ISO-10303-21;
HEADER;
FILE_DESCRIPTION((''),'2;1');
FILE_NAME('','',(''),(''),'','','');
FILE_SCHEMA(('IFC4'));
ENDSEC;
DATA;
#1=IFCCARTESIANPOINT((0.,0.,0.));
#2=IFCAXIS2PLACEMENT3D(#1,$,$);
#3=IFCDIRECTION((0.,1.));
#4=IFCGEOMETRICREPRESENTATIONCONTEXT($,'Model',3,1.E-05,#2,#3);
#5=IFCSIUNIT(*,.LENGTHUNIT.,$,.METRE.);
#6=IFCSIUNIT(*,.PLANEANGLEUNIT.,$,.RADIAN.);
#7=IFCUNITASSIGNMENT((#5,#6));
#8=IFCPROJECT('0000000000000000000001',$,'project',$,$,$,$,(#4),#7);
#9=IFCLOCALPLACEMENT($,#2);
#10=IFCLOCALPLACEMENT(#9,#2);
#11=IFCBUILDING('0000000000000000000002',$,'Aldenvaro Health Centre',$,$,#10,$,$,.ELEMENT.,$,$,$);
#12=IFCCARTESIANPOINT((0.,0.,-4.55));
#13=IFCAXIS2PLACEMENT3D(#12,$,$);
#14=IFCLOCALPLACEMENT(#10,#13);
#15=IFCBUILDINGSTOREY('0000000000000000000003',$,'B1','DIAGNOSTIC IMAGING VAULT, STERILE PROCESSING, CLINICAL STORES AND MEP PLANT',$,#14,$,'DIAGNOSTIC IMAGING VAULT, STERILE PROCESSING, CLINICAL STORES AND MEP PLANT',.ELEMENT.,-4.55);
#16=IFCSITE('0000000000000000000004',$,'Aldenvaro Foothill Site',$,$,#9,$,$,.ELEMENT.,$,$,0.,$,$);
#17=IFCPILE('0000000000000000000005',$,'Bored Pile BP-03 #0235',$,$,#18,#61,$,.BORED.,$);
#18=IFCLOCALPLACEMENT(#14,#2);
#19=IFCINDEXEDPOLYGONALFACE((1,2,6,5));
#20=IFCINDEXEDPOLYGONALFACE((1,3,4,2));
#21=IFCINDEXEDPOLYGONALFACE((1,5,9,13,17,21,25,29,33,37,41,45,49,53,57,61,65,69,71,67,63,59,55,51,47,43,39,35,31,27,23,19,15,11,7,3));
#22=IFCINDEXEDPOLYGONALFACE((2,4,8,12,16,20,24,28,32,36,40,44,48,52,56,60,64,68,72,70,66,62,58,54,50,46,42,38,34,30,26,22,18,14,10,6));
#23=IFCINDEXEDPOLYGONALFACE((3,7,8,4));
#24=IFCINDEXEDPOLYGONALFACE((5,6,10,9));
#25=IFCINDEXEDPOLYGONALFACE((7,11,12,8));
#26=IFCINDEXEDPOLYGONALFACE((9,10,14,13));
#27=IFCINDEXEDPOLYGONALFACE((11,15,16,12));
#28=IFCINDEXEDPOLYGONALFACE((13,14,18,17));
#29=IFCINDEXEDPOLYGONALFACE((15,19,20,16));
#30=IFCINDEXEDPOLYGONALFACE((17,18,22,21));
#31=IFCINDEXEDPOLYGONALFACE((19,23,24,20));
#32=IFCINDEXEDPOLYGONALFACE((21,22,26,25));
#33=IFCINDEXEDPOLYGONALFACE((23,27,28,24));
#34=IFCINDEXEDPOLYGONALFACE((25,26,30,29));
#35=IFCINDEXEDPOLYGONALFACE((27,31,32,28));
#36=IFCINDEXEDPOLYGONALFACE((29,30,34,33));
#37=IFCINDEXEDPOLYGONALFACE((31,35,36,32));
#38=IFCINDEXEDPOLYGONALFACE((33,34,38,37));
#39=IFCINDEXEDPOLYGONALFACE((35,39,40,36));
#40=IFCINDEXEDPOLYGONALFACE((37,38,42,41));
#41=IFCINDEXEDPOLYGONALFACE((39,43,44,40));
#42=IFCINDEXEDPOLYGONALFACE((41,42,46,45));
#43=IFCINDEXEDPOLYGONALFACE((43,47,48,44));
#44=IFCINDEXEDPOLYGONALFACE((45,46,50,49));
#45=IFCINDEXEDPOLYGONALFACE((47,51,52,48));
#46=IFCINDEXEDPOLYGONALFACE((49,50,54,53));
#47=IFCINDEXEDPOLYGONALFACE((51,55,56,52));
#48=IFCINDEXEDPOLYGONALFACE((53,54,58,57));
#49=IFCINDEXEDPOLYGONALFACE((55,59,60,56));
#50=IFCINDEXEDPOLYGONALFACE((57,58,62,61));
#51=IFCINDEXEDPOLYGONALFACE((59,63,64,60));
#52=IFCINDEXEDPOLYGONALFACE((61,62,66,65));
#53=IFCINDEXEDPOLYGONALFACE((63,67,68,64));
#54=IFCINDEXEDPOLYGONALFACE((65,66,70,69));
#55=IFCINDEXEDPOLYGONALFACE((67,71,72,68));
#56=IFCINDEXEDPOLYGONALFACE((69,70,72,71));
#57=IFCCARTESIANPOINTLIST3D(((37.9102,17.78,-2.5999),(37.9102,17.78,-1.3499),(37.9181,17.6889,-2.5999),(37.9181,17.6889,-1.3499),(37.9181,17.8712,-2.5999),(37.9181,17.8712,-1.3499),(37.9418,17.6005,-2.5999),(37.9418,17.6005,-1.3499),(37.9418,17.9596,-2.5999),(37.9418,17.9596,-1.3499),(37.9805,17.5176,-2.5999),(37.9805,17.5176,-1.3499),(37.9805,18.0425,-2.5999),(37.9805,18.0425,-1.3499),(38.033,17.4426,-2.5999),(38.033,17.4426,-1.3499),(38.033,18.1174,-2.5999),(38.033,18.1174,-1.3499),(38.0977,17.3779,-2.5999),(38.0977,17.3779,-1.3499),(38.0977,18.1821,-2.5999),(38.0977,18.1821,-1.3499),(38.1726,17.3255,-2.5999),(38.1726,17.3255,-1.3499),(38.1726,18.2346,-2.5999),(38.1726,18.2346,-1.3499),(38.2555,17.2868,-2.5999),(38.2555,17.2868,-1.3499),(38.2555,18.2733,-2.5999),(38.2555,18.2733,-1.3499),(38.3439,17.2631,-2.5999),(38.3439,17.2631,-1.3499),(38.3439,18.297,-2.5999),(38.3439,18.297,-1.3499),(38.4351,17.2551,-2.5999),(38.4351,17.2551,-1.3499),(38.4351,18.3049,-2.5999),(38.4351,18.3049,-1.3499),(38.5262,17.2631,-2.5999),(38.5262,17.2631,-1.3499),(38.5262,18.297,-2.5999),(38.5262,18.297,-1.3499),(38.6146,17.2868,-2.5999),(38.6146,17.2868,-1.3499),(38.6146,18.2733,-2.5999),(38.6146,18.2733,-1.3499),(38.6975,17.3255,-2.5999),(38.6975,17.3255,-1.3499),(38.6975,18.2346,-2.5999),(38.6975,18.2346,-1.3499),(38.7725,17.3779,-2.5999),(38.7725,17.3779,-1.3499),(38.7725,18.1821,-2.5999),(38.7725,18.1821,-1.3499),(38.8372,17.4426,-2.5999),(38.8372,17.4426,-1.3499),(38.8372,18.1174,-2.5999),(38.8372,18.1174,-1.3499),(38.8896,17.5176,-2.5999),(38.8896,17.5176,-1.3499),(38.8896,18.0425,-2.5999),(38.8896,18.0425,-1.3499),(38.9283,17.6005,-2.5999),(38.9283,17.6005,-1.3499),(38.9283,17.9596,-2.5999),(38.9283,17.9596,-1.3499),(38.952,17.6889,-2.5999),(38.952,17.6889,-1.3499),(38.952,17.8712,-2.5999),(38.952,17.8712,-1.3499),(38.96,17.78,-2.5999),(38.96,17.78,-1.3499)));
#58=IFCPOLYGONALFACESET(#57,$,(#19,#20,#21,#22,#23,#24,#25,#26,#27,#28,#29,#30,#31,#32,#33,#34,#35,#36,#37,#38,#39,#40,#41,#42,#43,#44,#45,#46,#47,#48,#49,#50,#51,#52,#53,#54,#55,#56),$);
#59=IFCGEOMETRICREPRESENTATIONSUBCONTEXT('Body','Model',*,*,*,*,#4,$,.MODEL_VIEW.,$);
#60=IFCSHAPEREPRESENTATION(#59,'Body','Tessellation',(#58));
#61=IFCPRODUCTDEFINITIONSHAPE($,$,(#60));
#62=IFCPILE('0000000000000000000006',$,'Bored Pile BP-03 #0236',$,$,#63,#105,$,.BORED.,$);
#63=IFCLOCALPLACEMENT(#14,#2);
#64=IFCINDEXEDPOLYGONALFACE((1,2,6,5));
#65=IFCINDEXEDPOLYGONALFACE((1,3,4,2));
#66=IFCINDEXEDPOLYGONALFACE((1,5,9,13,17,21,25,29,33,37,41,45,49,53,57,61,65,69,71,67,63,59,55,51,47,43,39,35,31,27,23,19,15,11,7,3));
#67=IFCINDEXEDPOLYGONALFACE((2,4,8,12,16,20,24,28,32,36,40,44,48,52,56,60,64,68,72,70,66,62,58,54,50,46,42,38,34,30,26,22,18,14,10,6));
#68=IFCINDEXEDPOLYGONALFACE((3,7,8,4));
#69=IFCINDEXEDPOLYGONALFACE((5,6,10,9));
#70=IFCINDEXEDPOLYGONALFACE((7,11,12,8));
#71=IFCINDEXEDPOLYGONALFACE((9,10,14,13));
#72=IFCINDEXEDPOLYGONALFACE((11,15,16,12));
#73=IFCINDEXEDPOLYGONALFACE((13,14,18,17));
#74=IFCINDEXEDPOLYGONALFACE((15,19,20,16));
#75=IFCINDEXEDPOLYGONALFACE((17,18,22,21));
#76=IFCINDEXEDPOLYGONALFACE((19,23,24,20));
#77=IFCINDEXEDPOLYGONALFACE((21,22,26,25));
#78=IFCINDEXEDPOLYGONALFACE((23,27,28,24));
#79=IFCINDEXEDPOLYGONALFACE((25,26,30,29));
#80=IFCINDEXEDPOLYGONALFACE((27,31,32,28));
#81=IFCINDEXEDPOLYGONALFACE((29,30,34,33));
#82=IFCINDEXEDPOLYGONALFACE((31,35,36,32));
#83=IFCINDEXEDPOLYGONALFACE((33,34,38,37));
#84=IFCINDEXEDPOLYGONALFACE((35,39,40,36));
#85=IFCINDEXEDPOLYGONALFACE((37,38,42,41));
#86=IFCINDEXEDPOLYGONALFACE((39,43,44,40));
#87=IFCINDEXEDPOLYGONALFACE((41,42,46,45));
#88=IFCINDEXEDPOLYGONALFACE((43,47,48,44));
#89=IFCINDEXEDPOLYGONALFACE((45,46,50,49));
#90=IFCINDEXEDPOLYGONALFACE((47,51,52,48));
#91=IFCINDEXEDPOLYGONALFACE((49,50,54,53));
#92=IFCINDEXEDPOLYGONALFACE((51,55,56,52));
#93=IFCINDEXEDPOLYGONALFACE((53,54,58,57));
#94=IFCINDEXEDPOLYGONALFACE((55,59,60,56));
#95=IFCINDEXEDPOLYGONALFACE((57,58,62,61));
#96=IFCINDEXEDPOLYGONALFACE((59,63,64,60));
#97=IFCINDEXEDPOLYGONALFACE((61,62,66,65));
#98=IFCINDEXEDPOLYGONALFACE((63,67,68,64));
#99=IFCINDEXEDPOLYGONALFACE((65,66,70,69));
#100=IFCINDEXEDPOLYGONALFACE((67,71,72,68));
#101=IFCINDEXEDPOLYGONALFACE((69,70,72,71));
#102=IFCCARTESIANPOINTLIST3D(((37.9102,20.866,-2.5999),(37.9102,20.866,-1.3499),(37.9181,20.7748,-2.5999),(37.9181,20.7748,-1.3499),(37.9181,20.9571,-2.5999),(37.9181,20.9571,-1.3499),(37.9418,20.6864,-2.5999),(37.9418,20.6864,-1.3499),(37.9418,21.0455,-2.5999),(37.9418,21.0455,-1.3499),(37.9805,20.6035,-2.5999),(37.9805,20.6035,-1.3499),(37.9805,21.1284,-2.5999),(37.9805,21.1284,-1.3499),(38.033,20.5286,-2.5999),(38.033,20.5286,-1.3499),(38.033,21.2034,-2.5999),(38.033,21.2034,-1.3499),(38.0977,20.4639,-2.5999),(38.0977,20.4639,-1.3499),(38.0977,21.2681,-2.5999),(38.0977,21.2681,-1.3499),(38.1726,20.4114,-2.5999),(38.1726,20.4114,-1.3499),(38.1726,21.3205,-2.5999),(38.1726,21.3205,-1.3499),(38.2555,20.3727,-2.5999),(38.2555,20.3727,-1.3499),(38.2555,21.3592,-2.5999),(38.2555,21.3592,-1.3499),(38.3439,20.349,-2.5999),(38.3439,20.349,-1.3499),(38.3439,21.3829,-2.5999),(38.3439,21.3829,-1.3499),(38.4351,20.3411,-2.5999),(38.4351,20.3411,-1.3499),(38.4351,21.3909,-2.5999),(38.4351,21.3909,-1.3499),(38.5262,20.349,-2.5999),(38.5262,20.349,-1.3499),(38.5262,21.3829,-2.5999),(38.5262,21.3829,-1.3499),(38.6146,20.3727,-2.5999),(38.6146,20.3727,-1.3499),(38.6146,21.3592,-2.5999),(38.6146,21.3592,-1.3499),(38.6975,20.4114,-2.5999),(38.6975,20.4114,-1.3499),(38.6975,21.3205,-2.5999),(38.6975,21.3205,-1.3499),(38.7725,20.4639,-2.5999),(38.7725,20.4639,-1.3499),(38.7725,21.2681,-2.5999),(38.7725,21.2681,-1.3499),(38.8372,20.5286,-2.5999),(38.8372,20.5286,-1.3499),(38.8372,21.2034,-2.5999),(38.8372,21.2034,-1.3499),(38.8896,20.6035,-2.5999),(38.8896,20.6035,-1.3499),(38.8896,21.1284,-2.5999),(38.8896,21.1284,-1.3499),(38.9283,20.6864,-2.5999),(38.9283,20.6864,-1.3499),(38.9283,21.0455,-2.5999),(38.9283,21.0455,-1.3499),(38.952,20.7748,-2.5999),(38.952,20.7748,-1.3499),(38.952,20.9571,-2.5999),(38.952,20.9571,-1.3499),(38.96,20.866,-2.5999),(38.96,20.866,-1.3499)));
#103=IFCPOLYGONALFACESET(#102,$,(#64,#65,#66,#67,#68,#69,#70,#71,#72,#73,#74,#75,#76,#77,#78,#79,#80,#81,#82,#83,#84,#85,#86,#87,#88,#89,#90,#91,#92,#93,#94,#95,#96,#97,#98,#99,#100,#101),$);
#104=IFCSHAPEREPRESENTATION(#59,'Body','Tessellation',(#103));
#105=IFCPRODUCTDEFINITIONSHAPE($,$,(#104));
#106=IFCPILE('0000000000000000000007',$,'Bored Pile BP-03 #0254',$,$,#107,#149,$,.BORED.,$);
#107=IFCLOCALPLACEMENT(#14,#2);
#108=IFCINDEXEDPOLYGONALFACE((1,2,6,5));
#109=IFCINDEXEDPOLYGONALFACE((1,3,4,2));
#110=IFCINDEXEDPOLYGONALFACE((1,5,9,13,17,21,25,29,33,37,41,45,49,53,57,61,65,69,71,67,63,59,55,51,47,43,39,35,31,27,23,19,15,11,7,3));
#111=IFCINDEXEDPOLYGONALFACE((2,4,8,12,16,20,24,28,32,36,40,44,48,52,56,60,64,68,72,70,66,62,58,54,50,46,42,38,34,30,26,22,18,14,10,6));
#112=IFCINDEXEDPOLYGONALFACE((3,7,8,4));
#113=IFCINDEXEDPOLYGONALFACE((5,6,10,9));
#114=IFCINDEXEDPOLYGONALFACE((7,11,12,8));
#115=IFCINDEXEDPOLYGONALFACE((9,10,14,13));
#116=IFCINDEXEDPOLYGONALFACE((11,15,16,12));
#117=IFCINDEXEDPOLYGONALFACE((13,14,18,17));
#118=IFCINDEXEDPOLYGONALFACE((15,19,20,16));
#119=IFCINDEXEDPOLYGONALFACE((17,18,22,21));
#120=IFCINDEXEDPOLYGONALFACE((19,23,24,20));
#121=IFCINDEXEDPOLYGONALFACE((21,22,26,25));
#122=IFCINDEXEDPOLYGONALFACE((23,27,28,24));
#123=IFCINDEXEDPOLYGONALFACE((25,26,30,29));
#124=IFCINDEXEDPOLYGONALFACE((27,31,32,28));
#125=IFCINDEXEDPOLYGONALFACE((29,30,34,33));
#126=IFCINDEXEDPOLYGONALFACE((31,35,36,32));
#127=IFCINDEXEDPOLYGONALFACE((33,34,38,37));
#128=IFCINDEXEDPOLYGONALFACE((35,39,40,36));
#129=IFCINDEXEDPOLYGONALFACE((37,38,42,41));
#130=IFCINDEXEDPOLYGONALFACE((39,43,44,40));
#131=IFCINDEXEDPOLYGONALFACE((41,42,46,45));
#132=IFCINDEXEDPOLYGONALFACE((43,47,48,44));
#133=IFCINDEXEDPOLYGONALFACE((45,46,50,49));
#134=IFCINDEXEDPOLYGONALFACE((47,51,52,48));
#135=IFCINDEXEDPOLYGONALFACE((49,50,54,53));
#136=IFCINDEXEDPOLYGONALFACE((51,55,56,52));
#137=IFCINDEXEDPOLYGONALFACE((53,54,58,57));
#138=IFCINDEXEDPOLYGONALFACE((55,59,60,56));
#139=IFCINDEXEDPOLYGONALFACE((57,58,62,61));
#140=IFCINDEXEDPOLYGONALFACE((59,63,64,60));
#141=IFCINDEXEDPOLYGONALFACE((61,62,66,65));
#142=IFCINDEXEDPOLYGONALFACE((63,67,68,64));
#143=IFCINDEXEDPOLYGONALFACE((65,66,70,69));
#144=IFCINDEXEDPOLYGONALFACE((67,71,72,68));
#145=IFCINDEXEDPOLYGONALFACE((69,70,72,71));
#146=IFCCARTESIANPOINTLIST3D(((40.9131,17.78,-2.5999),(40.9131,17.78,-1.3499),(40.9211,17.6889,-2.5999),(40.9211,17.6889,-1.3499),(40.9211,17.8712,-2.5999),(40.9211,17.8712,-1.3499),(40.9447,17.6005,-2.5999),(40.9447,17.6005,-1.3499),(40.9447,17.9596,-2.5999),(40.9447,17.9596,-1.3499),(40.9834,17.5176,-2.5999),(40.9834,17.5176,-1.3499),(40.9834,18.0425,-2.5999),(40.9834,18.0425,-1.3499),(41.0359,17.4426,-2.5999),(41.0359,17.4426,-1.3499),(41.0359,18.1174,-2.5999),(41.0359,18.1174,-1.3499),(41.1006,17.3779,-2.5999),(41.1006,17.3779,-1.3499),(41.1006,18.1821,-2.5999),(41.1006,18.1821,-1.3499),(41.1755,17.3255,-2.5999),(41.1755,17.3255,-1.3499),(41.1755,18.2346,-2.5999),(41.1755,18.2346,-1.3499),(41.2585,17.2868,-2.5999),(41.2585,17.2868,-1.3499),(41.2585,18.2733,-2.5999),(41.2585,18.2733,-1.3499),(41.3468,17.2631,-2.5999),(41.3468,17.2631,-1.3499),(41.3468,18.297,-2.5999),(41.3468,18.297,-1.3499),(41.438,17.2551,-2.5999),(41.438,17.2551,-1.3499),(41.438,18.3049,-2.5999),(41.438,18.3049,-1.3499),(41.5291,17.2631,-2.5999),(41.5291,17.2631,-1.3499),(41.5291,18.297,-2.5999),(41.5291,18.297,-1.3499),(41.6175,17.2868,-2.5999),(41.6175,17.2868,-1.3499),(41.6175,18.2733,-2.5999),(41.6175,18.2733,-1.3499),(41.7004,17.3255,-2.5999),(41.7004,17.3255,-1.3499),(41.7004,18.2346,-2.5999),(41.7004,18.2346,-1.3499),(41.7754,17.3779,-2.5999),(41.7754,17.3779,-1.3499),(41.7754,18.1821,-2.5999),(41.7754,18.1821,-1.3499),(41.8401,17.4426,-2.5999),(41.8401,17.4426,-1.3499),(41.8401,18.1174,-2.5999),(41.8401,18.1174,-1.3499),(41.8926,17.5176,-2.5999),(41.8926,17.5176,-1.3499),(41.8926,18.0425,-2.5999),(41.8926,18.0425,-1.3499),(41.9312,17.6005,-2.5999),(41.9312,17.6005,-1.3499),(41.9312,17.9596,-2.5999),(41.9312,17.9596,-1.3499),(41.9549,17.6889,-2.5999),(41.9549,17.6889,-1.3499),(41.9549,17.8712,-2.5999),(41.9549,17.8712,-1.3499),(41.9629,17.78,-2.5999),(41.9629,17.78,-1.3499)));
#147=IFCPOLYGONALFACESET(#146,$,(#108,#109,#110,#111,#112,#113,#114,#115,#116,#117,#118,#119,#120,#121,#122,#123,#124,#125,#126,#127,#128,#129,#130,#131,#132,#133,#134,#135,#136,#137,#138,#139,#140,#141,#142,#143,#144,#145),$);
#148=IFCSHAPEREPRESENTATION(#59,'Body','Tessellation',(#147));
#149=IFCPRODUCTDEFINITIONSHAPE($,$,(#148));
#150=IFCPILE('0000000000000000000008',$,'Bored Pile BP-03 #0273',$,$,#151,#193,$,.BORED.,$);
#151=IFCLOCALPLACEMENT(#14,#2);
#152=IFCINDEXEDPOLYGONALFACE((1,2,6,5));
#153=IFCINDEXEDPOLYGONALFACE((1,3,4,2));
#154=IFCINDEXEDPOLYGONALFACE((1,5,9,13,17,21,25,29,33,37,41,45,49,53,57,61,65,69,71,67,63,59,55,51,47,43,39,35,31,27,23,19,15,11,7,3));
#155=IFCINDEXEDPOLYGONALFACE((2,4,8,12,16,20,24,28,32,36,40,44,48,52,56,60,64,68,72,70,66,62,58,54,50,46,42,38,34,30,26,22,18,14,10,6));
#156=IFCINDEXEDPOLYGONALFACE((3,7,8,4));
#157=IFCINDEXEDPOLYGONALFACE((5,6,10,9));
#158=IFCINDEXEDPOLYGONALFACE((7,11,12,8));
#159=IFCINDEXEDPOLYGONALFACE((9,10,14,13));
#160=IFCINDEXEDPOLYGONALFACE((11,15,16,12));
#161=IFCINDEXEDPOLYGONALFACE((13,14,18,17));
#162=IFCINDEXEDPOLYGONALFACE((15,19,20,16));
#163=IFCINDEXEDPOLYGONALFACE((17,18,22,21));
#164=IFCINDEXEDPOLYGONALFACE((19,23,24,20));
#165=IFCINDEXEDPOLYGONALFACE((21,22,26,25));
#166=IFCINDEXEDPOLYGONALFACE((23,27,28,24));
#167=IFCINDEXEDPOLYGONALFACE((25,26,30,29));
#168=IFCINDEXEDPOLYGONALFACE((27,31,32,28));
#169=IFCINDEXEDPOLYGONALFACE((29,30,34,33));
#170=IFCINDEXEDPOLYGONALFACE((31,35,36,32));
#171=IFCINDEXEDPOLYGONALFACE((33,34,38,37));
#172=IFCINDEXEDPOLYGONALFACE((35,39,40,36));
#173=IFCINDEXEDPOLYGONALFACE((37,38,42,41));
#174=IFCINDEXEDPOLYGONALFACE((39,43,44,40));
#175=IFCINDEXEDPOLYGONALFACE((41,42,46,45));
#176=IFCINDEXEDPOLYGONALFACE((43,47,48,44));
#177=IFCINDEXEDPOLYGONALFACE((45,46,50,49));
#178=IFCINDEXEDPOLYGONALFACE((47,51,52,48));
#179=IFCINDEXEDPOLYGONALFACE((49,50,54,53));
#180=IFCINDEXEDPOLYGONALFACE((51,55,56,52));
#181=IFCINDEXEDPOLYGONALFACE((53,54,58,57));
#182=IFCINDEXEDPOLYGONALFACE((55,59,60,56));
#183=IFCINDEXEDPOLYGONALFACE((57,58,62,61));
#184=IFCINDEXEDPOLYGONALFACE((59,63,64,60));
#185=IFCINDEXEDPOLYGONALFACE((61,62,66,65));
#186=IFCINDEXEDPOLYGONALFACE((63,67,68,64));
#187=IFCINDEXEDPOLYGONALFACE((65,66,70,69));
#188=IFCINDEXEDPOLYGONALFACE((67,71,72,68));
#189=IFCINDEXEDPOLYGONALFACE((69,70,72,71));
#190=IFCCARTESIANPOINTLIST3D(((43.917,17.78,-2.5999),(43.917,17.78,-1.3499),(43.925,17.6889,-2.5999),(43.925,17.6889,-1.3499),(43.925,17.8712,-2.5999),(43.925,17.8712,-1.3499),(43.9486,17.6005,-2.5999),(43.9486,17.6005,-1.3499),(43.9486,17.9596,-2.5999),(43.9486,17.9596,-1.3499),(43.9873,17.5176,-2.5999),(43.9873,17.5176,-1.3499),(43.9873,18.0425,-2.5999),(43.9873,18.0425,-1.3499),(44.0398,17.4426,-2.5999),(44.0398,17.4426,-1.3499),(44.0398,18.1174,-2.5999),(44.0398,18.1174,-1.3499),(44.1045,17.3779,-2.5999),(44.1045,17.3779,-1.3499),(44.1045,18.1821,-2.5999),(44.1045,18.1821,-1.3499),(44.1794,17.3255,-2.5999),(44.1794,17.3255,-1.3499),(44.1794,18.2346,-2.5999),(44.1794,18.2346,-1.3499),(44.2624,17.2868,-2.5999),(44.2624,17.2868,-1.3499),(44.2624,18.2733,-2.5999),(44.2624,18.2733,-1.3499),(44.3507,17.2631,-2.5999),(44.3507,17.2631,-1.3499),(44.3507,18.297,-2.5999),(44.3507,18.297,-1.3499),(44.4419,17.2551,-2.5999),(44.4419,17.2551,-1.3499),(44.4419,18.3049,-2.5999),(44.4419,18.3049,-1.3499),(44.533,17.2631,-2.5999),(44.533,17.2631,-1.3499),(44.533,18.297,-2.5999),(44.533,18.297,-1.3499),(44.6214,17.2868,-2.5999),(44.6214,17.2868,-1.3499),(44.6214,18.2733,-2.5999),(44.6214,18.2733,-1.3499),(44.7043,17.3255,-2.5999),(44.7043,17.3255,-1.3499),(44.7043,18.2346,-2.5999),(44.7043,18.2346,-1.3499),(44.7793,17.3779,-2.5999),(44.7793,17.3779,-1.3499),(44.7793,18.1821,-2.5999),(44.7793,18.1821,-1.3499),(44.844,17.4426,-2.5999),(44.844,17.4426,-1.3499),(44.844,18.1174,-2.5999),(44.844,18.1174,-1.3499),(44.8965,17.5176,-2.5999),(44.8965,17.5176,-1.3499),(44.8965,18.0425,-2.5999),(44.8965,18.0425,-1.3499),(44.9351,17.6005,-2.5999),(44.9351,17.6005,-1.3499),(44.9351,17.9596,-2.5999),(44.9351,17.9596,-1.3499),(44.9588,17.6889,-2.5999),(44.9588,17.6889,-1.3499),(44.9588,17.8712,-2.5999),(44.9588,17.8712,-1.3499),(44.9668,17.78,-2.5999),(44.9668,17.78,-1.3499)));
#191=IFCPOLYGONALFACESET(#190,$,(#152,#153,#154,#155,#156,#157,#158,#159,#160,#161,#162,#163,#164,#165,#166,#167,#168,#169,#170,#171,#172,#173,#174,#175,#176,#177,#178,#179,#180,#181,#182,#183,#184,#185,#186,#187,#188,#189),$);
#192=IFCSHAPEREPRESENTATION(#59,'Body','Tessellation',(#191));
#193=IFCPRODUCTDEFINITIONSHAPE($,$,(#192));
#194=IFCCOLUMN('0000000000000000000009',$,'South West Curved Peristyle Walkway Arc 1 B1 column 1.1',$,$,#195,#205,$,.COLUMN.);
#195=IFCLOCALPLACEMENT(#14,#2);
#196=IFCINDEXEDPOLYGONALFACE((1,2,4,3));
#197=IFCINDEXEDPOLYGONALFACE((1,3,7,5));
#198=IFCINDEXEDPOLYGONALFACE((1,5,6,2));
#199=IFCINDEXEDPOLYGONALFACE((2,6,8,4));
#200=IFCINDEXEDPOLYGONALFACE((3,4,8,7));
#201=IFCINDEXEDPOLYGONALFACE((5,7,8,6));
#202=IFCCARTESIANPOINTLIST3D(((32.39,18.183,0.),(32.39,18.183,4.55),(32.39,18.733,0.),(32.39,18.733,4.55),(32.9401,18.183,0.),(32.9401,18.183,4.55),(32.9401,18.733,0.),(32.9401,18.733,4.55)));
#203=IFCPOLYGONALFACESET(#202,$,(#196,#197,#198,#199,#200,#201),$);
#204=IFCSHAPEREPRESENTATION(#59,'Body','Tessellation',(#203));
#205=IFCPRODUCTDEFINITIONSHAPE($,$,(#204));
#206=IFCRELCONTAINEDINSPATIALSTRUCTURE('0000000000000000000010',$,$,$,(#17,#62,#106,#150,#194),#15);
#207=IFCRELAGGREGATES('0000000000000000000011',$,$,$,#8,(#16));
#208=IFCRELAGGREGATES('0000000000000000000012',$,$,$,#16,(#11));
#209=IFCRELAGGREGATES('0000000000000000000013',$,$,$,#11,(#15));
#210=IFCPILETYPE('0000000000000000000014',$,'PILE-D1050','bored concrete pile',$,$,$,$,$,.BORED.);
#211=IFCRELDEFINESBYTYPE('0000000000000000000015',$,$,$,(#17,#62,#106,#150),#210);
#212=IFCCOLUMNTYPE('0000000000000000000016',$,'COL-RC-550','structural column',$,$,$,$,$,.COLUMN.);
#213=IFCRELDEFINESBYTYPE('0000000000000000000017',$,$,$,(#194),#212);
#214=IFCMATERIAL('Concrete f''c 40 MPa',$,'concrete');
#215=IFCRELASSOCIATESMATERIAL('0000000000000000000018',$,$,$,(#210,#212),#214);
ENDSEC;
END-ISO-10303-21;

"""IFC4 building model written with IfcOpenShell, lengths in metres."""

from ifc_helpers import new_model, si_unit, direction, frame, origin, origin_2d, place, context, subcontext, project, spatial, rectangle, circle, extrude, material, material_profile, profile_set, type_object, element, save


model = new_model("IFC4")

# Units and contexts
model_context = context("Model", 3, precision=1e-05, world=origin(), true_north=direction((0.0, 1.0)))
body_context = subcontext(model_context, "Body", "Model", "MODEL_VIEW")
ifc_project = project(units=[si_unit("LENGTHUNIT", "METRE"), si_unit("PLANEANGLEUNIT", "RADIAN")], contexts=[model_context])

# Site, building, storey
site_placement = place(None, origin())
site = spatial("IfcSite", under=ifc_project, at=site_placement, Name="Aldenvaro Foothill Site", CompositionType="ELEMENT", RefElevation=0.0)
building_placement = place(site_placement, origin())
building = spatial("IfcBuilding", under=site, at=building_placement, Name="Aldenvaro Health Centre", CompositionType="ELEMENT")
storey_placement = place(building_placement, frame((0.0, 0.0, -4.55)))
storey = spatial("IfcBuildingStorey", under=building, at=storey_placement, Name="B1", Description="DIAGNOSTIC IMAGING VAULT, STERILE PROCESSING, CLINICAL STORES AND MEP PLANT", LongName="DIAGNOSTIC IMAGING VAULT, STERILE PROCESSING, CLINICAL STORES AND MEP PLANT", CompositionType="ELEMENT", Elevation=-4.55)

# Piles
ifc_material_1 = material(Name="Concrete f'c 40 MPa", Category="concrete")
ifc_material_profile_1 = material_profile(ifc_material_1, circle(Radius=0.5249, at=origin_2d()), Name="PILE D1050", Category="concrete")
ifc_profile_set_1 = profile_set([ifc_material_profile_1], Name="Concrete f'c 40 MPa")
pile_type = type_object("IfcPileType", Name="PILE-D1050", Description="bored concrete pile", PredefinedType="BORED", material=ifc_profile_set_1)
for number, where, z_axis, x_axis, name in (
    (1, (38.4351, 17.78, -1.3499), (0.0, 0.0, -1.0), (1.0, 0.0, 0.0), "Bored Pile BP-03 #0235"),
    (2, (38.4351, 20.866, -1.3499), (0.0, 0.0, -1.0), (1.0, 0.0, 0.0), "Bored Pile BP-03 #0236"),
    (3, (41.438, 17.78, -1.3499), (0.0, 0.0, -1.0), (1.0, 0.0, 0.0), "Bored Pile BP-03 #0254"),
    (4, (44.4419, 17.78, -1.3499), (0.0, 0.0, -1.0), (1.0, 0.0, 0.0), "Bored Pile BP-03 #0273"),
):
    element("IfcPile", number, at=place(storey_placement, frame(where, z_axis=z_axis, x_axis=x_axis)), inside=storey, type_object=pile_type, Name=name, PredefinedType="BORED", context=body_context, shape_type="SweptSolid", body=[
        extrude(circle(Radius=0.5249, at=origin_2d()), origin(), (0.0, 0.0, 1.0), 1.25),
    ])

# Column
ifc_material_profile_2 = material_profile(ifc_material_1, rectangle(XDim=0.55, YDim=0.55, at=origin_2d()), Name="RC 550x550", Category="concrete")
ifc_profile_set_2 = profile_set([ifc_material_profile_2], Name="Concrete f'c 40 MPa")
column_type_1 = type_object("IfcColumnType", Name="COL-RC-550", Description="structural column", PredefinedType="COLUMN", material=ifc_profile_set_2)
for number, where, z_axis, x_axis, name in (
    (5, (32.665, 18.458, 0.0), (0.0, 0.0, 1.0), (1.0, 0.0, 0.0), "South West Curved Peristyle Walkway Arc 1 B1 column 1.1"),
):
    element("IfcColumn", number, at=place(storey_placement, frame(where, z_axis=z_axis, x_axis=x_axis)), inside=storey, type_object=column_type_1, Name=name, PredefinedType="COLUMN", context=body_context, shape_type="SweptSolid", body=[
        extrude(rectangle(XDim=0.55, YDim=0.55, at=origin_2d()), origin(), (0.0, 0.0, 1.0), 4.55),
    ])

save(model, "model.ifc")
